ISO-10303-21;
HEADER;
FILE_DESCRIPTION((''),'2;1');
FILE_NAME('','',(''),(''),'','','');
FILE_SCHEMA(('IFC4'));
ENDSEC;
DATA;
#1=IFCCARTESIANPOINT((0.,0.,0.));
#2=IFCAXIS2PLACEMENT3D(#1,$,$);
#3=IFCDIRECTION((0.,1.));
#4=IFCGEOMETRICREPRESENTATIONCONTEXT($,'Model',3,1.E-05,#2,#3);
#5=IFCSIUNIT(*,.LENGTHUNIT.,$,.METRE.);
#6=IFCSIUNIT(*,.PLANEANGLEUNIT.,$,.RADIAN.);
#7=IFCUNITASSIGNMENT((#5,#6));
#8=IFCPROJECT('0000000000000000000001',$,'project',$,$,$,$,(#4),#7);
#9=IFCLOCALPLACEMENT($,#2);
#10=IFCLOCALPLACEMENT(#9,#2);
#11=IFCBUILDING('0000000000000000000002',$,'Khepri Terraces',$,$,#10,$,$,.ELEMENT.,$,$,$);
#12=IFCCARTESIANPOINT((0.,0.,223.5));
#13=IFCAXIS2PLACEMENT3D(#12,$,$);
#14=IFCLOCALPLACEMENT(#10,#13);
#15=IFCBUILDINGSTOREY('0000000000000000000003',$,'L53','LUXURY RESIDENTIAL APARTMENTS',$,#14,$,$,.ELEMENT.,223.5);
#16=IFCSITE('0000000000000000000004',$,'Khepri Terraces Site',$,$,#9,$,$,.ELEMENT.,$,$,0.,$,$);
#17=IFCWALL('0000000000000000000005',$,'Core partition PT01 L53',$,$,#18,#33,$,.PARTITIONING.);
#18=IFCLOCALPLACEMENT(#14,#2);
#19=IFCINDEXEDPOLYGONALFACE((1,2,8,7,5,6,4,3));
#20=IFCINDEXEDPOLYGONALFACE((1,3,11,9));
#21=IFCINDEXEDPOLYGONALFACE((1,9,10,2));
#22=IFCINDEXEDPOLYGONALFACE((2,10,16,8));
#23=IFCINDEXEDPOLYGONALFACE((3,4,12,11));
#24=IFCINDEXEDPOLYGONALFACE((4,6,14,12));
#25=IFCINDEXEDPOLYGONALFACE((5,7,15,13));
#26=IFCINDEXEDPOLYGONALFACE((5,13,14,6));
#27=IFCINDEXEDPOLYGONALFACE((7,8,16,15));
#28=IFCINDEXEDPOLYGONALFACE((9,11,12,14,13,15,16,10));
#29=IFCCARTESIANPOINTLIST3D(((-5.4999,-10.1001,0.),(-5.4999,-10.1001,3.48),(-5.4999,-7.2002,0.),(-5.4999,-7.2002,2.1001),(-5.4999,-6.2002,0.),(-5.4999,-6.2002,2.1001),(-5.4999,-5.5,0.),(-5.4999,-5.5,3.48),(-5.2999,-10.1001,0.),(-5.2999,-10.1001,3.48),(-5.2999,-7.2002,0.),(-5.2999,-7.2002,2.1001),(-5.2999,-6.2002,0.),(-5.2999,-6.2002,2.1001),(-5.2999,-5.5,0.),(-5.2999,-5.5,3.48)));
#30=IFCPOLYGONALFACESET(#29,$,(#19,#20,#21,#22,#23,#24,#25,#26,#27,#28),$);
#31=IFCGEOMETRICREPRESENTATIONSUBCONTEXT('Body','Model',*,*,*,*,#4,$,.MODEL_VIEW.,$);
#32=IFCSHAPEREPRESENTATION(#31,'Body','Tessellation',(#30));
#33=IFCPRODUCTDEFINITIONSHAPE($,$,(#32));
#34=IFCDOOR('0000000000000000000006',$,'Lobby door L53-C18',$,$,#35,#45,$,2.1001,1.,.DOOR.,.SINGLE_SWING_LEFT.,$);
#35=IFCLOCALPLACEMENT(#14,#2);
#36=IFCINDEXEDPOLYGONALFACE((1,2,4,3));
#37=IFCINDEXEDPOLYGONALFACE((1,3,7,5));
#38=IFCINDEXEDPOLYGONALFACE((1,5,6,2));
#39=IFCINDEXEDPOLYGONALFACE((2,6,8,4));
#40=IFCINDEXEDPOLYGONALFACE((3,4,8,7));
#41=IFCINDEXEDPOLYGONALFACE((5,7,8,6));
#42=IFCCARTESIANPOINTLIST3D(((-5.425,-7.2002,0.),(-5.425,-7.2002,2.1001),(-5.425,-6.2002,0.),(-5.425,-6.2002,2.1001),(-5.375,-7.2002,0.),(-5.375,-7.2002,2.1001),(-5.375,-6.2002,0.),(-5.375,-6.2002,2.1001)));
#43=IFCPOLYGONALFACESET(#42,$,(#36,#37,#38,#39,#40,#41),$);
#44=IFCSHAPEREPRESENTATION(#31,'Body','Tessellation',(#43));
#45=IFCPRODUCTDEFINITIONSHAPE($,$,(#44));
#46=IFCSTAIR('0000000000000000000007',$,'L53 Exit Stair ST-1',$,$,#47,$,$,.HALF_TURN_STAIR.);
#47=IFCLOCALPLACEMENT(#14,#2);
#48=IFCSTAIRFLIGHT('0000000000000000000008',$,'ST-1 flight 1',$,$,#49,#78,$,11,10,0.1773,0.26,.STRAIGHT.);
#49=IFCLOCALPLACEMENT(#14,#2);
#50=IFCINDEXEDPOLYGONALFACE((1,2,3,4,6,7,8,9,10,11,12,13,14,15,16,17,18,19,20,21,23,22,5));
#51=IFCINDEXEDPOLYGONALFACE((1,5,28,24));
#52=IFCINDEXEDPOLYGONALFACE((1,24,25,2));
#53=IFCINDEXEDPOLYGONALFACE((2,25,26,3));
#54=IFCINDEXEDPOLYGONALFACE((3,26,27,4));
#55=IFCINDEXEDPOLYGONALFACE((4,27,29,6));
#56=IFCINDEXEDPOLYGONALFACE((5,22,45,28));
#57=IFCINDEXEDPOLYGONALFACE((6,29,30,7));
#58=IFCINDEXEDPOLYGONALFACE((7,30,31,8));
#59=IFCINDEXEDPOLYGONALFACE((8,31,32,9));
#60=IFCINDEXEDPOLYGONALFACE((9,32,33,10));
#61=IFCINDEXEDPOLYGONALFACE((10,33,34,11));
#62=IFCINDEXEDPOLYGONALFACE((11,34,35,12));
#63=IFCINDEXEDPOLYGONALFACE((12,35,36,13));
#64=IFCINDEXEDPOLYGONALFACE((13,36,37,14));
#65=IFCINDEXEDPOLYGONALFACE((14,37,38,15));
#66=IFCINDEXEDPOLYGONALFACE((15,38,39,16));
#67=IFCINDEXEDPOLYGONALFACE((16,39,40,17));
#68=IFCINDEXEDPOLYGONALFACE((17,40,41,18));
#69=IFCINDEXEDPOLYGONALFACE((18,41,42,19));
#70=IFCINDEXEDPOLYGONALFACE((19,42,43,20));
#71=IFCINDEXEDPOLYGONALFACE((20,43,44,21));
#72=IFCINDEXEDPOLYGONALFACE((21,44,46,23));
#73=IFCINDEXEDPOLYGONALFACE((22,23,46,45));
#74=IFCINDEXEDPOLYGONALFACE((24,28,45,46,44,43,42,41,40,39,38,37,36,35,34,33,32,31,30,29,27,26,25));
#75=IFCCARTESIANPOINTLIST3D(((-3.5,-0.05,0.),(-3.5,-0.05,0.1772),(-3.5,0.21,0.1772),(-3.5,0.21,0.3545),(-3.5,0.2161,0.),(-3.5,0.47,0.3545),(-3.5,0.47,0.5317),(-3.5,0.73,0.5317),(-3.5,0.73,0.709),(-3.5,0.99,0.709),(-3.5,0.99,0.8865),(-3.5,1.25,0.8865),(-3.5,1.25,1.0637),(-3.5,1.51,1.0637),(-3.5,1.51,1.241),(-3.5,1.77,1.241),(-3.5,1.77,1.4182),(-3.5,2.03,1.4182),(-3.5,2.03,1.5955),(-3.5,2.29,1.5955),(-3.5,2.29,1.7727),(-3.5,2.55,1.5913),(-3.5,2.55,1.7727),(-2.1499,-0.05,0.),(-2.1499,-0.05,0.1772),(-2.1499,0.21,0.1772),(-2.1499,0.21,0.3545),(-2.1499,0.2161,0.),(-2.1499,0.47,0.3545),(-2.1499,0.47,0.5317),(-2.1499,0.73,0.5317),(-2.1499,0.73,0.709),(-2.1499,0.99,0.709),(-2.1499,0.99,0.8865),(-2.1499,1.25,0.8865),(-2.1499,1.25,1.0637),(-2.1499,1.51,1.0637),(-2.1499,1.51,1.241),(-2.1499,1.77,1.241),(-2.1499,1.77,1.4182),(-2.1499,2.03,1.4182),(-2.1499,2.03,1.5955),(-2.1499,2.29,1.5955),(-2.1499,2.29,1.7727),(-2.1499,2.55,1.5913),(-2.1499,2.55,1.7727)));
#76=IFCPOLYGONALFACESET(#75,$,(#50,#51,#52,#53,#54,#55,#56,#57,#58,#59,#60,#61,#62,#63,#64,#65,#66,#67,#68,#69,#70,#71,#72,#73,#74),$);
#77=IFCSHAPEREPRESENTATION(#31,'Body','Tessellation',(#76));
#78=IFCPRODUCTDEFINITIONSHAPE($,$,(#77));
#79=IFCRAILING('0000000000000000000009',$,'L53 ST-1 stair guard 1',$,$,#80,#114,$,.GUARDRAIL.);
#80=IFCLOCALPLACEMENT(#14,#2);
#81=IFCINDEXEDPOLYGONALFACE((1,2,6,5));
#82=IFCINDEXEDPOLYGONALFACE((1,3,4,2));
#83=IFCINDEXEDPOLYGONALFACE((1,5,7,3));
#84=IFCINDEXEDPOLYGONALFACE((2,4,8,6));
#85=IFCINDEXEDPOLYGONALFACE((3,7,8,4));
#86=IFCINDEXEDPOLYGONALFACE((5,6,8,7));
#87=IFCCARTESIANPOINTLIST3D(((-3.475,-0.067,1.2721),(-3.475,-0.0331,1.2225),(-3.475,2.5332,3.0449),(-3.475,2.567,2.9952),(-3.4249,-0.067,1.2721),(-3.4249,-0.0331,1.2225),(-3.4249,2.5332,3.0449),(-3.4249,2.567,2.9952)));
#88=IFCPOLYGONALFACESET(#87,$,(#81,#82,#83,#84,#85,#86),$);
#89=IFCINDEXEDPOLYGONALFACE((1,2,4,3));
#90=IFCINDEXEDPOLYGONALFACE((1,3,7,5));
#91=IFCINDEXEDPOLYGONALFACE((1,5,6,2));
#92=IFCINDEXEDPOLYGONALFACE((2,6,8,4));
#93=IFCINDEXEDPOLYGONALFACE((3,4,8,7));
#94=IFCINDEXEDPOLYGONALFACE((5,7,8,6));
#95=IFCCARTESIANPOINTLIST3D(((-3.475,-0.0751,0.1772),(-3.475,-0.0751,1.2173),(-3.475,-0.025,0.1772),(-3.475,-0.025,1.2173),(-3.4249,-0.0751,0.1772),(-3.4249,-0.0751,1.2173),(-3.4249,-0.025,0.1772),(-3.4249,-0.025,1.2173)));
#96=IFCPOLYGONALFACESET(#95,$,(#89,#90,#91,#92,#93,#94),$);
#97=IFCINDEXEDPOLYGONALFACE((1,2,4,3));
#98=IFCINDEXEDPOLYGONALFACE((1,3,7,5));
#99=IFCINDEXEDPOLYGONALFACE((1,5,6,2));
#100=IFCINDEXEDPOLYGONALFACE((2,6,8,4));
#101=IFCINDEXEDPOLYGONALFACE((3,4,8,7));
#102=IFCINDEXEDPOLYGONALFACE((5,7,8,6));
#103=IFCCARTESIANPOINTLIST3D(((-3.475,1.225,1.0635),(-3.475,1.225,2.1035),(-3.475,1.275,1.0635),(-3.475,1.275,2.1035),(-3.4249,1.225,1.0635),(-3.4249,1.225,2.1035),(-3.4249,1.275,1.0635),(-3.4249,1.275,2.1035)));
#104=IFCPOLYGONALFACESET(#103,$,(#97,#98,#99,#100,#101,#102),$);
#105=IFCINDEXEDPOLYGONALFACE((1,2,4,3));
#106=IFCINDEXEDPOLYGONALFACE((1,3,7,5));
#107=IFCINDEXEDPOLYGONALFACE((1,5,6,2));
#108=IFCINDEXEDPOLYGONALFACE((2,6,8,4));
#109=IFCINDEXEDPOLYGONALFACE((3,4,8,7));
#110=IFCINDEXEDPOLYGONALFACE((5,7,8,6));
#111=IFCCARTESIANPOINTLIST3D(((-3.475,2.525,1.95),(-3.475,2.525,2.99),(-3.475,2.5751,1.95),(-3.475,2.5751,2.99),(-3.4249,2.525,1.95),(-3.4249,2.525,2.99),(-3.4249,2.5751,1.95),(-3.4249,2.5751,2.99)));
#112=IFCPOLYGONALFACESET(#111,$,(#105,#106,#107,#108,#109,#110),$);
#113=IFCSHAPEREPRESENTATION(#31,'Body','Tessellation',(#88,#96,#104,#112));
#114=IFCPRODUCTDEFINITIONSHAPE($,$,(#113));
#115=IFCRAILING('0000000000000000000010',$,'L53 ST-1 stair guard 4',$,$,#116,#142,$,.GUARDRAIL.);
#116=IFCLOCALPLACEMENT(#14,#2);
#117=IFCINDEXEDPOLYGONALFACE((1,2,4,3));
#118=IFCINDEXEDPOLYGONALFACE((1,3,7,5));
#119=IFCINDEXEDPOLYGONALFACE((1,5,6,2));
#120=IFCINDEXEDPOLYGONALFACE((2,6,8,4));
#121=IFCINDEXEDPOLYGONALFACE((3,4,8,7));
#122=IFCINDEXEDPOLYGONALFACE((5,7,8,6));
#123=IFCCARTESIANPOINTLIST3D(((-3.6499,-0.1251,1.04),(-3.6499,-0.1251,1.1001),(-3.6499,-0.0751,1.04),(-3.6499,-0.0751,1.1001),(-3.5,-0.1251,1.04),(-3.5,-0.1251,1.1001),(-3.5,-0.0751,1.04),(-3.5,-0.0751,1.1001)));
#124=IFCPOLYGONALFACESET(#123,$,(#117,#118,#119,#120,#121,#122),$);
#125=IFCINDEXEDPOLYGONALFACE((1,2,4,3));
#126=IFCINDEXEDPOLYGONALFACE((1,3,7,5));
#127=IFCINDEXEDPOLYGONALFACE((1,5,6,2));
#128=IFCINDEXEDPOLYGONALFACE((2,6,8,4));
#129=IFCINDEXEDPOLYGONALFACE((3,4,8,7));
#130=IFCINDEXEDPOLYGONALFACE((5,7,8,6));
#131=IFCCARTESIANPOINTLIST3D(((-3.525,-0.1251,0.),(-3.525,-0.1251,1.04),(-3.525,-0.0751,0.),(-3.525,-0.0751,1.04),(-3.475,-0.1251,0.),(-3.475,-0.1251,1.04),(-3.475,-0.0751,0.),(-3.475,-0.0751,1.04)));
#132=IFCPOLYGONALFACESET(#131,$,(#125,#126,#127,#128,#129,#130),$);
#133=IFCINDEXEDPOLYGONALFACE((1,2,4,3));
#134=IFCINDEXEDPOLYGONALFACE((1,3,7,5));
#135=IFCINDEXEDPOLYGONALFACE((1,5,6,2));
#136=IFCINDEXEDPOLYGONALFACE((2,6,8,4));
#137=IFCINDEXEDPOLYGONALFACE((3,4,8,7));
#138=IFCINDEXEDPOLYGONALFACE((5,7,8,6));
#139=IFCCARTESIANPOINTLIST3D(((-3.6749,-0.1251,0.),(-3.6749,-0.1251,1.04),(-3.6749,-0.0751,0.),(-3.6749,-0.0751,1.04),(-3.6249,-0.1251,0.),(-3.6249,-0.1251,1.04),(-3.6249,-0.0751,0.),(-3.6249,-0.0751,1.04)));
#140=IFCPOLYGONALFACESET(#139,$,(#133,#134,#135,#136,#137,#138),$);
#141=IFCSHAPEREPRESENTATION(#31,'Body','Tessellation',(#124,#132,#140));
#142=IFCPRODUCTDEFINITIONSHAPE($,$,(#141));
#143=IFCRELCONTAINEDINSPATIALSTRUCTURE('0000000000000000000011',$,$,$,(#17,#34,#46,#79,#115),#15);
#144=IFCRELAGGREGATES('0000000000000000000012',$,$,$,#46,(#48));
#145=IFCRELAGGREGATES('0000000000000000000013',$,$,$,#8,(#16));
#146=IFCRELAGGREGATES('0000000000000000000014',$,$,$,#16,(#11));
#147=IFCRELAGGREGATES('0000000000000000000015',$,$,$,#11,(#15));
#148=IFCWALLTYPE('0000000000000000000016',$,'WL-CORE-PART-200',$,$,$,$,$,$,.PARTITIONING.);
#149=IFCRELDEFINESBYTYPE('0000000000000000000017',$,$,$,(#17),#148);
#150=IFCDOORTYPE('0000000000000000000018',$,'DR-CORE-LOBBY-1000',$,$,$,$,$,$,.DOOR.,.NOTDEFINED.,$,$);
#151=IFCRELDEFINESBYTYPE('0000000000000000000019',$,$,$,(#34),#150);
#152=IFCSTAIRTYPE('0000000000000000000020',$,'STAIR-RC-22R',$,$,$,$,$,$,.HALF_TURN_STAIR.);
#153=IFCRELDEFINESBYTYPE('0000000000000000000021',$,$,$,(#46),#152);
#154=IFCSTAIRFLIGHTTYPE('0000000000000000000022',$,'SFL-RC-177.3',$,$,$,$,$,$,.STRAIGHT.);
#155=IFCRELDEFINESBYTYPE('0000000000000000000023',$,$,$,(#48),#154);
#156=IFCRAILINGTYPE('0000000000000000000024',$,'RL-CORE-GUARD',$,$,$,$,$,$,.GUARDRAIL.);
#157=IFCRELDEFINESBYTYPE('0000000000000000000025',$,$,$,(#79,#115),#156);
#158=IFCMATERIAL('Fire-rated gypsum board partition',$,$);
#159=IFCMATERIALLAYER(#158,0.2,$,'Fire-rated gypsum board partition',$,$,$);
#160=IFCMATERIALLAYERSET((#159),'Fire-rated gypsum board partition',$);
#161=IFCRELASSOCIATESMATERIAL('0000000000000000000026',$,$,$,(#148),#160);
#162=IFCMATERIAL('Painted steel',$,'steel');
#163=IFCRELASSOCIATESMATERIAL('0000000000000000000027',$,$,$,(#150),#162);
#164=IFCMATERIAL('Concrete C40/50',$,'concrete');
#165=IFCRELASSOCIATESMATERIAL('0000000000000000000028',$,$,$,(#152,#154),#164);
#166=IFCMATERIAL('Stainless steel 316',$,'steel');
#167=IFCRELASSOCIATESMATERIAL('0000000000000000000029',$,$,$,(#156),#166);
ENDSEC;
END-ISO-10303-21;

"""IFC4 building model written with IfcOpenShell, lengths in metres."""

from ifc_helpers import new_model, si_unit, direction, frame, frame_2d, origin, origin_2d, place, context, subcontext, project, spatial, polyline, rectangle, outline, extrude, material, layer, layer_set, type_object, element, fill, aggregate, save


model = new_model("IFC4")

# Units and contexts
model_context = context("Model", 3, precision=1e-05, world=origin(), true_north=direction((0.0, 1.0)))
body_context = subcontext(model_context, "Body", "Model", "MODEL_VIEW")
ifc_project = project(units=[si_unit("LENGTHUNIT", "METRE"), si_unit("PLANEANGLEUNIT", "RADIAN")], contexts=[model_context])

# Site, building, storey
site_placement = place(None, origin())
site = spatial("IfcSite", under=ifc_project, at=site_placement, Name="Khepri Terraces Site", CompositionType="ELEMENT", RefElevation=0.0)
building_placement = place(site_placement, origin())
building = spatial("IfcBuilding", under=site, at=building_placement, Name="Khepri Terraces", CompositionType="ELEMENT")
storey_placement = place(building_placement, frame((0.0, 0.0, 223.5)))
storey = spatial("IfcBuildingStorey", under=building, at=storey_placement, Name="L53", Description="LUXURY RESIDENTIAL APARTMENTS", CompositionType="ELEMENT", Elevation=223.5)

# Shared definitions
ifc_material_1 = material(Name="Painted steel", Category="steel")

# Shared definitions
ifc_material_2 = material(Name="Fire-rated gypsum board partition")

# Wall, opening, door
ifc_layer_1 = layer(ifc_material_2, 0.2, Name="Fire-rated gypsum board partition")
ifc_layer_set_1 = layer_set([ifc_layer_1], Name="Fire-rated gypsum board partition")
wall_type_1 = type_object("IfcWallType", Name="WL-CORE-PART-200", PredefinedType="PARTITIONING", material=ifc_layer_set_1)
wall_1_placement = place(storey_placement, frame((-5.3999, -10.1001, 0.0), z_axis=(0.0, 0.0, 1.0), x_axis=(0.0, 1.0, 0.0)))
wall_1 = element("IfcWall", 1, at=wall_1_placement, inside=storey, type_object=wall_type_1, Name="Core partition PT01 L53", PredefinedType="PARTITIONING", context=body_context, shape_type="SweptSolid", body=[
    extrude(rectangle(XDim=4.6001, YDim=0.2, at=frame_2d((2.3, 0.0))), origin(), (0.0, 0.0, 1.0), 3.48),
])
opening_1_placement = place(wall_1_placement, frame((2.8999, 0.0, 0.0)))
opening_1 = element("IfcOpeningElement", 2, at=opening_1_placement, cuts=wall_1, PredefinedType="OPENING", context=body_context, shape_type="SweptSolid", body=[
    extrude(rectangle(XDim=1.0, YDim=2.1001, at=frame_2d((0.5, 1.05))), frame((0.0, 0.1099, 0.0), z_axis=(0.0, -1.0, 0.0), x_axis=(1.0, 0.0, 0.0)), (0.0, 0.0, 1.0), 0.22),
])
door_type_1 = type_object("IfcDoorType", Name="DR-CORE-LOBBY-1000", OperationType="NOTDEFINED", PredefinedType="DOOR", material=ifc_material_1)
door_1_placement = place(opening_1_placement, frame((1.0, 0.0, 0.0), z_axis=(0.0, 0.0, 1.0), x_axis=(-1.0, 0.0, 0.0)))
door_1 = element("IfcDoor", 3, at=door_1_placement, inside=storey, type_object=door_type_1, Name="Lobby door L53-C18", OperationType="SINGLE_SWING_LEFT", OverallHeight=2.1001, OverallWidth=1.0, PredefinedType="DOOR", context=body_context, shape_type="SweptSolid", body=[
    extrude(rectangle(XDim=1.0, YDim=2.1001, at=frame_2d((0.5, 1.05))), frame((0.0, 0.0249, 0.0), z_axis=(0.0, -1.0, 0.0), x_axis=(1.0, 0.0, 0.0)), (0.0, 0.0, 1.0), 0.05),
])
fill(opening_1, door_1)

# Stair, stair flight
ifc_material_3 = material(Name="Concrete C40/50", Category="concrete")
stair_type = type_object("IfcStairType", Name="STAIR-RC-22R", PredefinedType="HALF_TURN_STAIR", material=ifc_material_3)
stair_placement = place(storey_placement, origin())
stair = element("IfcStair", 4, at=stair_placement, inside=storey, type_object=stair_type, Name="L53 Exit Stair ST-1", PredefinedType="HALF_TURN_STAIR")
stair_flight_type = type_object("IfcStairFlightType", Name="SFL-RC-177.3", PredefinedType="STRAIGHT", material=ifc_material_3)
stair_flight_placement = place(storey_placement, frame((-2.825, -0.05, 0.0), z_axis=(0.0, 0.0, 1.0), x_axis=(0.0, 1.0, 0.0)))
stair_flight = element("IfcStairFlight", 5, at=stair_flight_placement, type_object=stair_flight_type, Name="ST-1 flight 1", NumberOfRisers=11, NumberOfTreads=10, PredefinedType="STRAIGHT", RiserHeight=0.1773, TreadLength=0.26, context=body_context, shape_type="SweptSolid", body=[
    extrude(outline(polyline([(0.0, 0.0), (0.0, 0.1772), (0.26, 0.1772), (0.26, 0.3545), (0.52, 0.3545), (0.52, 0.5317), (0.78, 0.5317), (0.78, 0.709), (1.04, 0.709), (1.04, 0.8865), (1.3, 0.8865), (1.3, 1.0637), (1.5601, 1.0637), (1.5601, 1.241), (1.8201, 1.241), (1.8201, 1.4182), (2.0801, 1.4182), (2.0801, 1.5955), (2.3401, 1.5955), (2.3401, 1.7727), (2.6001, 1.7727), (2.6001, 1.95), (2.6001, 1.5913), (0.2661, 0.0), (0.0, 0.0)])), frame((0.0, 0.675, 0.0), z_axis=(0.0, -1.0, 0.0), x_axis=(1.0, 0.0, 0.0)), (0.0, 0.0, 1.0), 1.3501),
])
aggregate(stair, [stair_flight])

# Railings
ifc_material_4 = material(Name="Stainless steel 316", Category="steel")
railing_type = type_object("IfcRailingType", Name="RL-CORE-GUARD", PredefinedType="GUARDRAIL", material=ifc_material_4)
railing_1_placement = place(storey_placement, frame((-3.45, -0.05, 0.1772)))
element("IfcRailing", 6, at=railing_1_placement, inside=storey, type_object=railing_type, Name="L53 ST-1 stair guard 1", PredefinedType="GUARDRAIL", context=body_context, shape_type="SweptSolid", body=[
    extrude(rectangle(XDim=0.05, YDim=0.0601, at=origin_2d()), frame((0.0, 0.0, 1.0701), z_axis=(0.0, 0.82624, 0.563318), x_axis=(-1.0, 0.0, 0.0)), (0.0, 0.0, 1.0), 3.147),
    extrude(rectangle(XDim=0.05, YDim=0.05, at=origin_2d()), origin(), (0.0, 0.0, 1.0), 1.04),
    extrude(rectangle(XDim=0.05, YDim=0.05, at=origin_2d()), frame((0.0, 1.3, 0.8862)), (0.0, 0.0, 1.0), 1.04),
    extrude(rectangle(XDim=0.05, YDim=0.05, at=origin_2d()), frame((0.0, 2.6001, 1.7727)), (0.0, 0.0, 1.0), 1.04),
])
railing_2_placement = place(storey_placement, frame((-3.5, -0.1001, 0.0)))
element("IfcRailing", 7, at=railing_2_placement, inside=storey, type_object=railing_type, Name="L53 ST-1 stair guard 4", PredefinedType="GUARDRAIL", context=body_context, shape_type="SweptSolid", body=[
    extrude(rectangle(XDim=0.05, YDim=0.0601, at=origin_2d()), frame((0.0, 0.0, 1.0701), z_axis=(-1.0, 0.0, 0.0), x_axis=(0.0, -1.0, 0.0)), (0.0, 0.0, 1.0), 0.1499),
    extrude(rectangle(XDim=0.05, YDim=0.05, at=origin_2d()), origin(), (0.0, 0.0, 1.0), 1.04),
    extrude(rectangle(XDim=0.05, YDim=0.05, at=origin_2d()), frame((-0.1499, 0.0, 0.0)), (0.0, 0.0, 1.0), 1.04),
])

save(model, "model.ifc")
